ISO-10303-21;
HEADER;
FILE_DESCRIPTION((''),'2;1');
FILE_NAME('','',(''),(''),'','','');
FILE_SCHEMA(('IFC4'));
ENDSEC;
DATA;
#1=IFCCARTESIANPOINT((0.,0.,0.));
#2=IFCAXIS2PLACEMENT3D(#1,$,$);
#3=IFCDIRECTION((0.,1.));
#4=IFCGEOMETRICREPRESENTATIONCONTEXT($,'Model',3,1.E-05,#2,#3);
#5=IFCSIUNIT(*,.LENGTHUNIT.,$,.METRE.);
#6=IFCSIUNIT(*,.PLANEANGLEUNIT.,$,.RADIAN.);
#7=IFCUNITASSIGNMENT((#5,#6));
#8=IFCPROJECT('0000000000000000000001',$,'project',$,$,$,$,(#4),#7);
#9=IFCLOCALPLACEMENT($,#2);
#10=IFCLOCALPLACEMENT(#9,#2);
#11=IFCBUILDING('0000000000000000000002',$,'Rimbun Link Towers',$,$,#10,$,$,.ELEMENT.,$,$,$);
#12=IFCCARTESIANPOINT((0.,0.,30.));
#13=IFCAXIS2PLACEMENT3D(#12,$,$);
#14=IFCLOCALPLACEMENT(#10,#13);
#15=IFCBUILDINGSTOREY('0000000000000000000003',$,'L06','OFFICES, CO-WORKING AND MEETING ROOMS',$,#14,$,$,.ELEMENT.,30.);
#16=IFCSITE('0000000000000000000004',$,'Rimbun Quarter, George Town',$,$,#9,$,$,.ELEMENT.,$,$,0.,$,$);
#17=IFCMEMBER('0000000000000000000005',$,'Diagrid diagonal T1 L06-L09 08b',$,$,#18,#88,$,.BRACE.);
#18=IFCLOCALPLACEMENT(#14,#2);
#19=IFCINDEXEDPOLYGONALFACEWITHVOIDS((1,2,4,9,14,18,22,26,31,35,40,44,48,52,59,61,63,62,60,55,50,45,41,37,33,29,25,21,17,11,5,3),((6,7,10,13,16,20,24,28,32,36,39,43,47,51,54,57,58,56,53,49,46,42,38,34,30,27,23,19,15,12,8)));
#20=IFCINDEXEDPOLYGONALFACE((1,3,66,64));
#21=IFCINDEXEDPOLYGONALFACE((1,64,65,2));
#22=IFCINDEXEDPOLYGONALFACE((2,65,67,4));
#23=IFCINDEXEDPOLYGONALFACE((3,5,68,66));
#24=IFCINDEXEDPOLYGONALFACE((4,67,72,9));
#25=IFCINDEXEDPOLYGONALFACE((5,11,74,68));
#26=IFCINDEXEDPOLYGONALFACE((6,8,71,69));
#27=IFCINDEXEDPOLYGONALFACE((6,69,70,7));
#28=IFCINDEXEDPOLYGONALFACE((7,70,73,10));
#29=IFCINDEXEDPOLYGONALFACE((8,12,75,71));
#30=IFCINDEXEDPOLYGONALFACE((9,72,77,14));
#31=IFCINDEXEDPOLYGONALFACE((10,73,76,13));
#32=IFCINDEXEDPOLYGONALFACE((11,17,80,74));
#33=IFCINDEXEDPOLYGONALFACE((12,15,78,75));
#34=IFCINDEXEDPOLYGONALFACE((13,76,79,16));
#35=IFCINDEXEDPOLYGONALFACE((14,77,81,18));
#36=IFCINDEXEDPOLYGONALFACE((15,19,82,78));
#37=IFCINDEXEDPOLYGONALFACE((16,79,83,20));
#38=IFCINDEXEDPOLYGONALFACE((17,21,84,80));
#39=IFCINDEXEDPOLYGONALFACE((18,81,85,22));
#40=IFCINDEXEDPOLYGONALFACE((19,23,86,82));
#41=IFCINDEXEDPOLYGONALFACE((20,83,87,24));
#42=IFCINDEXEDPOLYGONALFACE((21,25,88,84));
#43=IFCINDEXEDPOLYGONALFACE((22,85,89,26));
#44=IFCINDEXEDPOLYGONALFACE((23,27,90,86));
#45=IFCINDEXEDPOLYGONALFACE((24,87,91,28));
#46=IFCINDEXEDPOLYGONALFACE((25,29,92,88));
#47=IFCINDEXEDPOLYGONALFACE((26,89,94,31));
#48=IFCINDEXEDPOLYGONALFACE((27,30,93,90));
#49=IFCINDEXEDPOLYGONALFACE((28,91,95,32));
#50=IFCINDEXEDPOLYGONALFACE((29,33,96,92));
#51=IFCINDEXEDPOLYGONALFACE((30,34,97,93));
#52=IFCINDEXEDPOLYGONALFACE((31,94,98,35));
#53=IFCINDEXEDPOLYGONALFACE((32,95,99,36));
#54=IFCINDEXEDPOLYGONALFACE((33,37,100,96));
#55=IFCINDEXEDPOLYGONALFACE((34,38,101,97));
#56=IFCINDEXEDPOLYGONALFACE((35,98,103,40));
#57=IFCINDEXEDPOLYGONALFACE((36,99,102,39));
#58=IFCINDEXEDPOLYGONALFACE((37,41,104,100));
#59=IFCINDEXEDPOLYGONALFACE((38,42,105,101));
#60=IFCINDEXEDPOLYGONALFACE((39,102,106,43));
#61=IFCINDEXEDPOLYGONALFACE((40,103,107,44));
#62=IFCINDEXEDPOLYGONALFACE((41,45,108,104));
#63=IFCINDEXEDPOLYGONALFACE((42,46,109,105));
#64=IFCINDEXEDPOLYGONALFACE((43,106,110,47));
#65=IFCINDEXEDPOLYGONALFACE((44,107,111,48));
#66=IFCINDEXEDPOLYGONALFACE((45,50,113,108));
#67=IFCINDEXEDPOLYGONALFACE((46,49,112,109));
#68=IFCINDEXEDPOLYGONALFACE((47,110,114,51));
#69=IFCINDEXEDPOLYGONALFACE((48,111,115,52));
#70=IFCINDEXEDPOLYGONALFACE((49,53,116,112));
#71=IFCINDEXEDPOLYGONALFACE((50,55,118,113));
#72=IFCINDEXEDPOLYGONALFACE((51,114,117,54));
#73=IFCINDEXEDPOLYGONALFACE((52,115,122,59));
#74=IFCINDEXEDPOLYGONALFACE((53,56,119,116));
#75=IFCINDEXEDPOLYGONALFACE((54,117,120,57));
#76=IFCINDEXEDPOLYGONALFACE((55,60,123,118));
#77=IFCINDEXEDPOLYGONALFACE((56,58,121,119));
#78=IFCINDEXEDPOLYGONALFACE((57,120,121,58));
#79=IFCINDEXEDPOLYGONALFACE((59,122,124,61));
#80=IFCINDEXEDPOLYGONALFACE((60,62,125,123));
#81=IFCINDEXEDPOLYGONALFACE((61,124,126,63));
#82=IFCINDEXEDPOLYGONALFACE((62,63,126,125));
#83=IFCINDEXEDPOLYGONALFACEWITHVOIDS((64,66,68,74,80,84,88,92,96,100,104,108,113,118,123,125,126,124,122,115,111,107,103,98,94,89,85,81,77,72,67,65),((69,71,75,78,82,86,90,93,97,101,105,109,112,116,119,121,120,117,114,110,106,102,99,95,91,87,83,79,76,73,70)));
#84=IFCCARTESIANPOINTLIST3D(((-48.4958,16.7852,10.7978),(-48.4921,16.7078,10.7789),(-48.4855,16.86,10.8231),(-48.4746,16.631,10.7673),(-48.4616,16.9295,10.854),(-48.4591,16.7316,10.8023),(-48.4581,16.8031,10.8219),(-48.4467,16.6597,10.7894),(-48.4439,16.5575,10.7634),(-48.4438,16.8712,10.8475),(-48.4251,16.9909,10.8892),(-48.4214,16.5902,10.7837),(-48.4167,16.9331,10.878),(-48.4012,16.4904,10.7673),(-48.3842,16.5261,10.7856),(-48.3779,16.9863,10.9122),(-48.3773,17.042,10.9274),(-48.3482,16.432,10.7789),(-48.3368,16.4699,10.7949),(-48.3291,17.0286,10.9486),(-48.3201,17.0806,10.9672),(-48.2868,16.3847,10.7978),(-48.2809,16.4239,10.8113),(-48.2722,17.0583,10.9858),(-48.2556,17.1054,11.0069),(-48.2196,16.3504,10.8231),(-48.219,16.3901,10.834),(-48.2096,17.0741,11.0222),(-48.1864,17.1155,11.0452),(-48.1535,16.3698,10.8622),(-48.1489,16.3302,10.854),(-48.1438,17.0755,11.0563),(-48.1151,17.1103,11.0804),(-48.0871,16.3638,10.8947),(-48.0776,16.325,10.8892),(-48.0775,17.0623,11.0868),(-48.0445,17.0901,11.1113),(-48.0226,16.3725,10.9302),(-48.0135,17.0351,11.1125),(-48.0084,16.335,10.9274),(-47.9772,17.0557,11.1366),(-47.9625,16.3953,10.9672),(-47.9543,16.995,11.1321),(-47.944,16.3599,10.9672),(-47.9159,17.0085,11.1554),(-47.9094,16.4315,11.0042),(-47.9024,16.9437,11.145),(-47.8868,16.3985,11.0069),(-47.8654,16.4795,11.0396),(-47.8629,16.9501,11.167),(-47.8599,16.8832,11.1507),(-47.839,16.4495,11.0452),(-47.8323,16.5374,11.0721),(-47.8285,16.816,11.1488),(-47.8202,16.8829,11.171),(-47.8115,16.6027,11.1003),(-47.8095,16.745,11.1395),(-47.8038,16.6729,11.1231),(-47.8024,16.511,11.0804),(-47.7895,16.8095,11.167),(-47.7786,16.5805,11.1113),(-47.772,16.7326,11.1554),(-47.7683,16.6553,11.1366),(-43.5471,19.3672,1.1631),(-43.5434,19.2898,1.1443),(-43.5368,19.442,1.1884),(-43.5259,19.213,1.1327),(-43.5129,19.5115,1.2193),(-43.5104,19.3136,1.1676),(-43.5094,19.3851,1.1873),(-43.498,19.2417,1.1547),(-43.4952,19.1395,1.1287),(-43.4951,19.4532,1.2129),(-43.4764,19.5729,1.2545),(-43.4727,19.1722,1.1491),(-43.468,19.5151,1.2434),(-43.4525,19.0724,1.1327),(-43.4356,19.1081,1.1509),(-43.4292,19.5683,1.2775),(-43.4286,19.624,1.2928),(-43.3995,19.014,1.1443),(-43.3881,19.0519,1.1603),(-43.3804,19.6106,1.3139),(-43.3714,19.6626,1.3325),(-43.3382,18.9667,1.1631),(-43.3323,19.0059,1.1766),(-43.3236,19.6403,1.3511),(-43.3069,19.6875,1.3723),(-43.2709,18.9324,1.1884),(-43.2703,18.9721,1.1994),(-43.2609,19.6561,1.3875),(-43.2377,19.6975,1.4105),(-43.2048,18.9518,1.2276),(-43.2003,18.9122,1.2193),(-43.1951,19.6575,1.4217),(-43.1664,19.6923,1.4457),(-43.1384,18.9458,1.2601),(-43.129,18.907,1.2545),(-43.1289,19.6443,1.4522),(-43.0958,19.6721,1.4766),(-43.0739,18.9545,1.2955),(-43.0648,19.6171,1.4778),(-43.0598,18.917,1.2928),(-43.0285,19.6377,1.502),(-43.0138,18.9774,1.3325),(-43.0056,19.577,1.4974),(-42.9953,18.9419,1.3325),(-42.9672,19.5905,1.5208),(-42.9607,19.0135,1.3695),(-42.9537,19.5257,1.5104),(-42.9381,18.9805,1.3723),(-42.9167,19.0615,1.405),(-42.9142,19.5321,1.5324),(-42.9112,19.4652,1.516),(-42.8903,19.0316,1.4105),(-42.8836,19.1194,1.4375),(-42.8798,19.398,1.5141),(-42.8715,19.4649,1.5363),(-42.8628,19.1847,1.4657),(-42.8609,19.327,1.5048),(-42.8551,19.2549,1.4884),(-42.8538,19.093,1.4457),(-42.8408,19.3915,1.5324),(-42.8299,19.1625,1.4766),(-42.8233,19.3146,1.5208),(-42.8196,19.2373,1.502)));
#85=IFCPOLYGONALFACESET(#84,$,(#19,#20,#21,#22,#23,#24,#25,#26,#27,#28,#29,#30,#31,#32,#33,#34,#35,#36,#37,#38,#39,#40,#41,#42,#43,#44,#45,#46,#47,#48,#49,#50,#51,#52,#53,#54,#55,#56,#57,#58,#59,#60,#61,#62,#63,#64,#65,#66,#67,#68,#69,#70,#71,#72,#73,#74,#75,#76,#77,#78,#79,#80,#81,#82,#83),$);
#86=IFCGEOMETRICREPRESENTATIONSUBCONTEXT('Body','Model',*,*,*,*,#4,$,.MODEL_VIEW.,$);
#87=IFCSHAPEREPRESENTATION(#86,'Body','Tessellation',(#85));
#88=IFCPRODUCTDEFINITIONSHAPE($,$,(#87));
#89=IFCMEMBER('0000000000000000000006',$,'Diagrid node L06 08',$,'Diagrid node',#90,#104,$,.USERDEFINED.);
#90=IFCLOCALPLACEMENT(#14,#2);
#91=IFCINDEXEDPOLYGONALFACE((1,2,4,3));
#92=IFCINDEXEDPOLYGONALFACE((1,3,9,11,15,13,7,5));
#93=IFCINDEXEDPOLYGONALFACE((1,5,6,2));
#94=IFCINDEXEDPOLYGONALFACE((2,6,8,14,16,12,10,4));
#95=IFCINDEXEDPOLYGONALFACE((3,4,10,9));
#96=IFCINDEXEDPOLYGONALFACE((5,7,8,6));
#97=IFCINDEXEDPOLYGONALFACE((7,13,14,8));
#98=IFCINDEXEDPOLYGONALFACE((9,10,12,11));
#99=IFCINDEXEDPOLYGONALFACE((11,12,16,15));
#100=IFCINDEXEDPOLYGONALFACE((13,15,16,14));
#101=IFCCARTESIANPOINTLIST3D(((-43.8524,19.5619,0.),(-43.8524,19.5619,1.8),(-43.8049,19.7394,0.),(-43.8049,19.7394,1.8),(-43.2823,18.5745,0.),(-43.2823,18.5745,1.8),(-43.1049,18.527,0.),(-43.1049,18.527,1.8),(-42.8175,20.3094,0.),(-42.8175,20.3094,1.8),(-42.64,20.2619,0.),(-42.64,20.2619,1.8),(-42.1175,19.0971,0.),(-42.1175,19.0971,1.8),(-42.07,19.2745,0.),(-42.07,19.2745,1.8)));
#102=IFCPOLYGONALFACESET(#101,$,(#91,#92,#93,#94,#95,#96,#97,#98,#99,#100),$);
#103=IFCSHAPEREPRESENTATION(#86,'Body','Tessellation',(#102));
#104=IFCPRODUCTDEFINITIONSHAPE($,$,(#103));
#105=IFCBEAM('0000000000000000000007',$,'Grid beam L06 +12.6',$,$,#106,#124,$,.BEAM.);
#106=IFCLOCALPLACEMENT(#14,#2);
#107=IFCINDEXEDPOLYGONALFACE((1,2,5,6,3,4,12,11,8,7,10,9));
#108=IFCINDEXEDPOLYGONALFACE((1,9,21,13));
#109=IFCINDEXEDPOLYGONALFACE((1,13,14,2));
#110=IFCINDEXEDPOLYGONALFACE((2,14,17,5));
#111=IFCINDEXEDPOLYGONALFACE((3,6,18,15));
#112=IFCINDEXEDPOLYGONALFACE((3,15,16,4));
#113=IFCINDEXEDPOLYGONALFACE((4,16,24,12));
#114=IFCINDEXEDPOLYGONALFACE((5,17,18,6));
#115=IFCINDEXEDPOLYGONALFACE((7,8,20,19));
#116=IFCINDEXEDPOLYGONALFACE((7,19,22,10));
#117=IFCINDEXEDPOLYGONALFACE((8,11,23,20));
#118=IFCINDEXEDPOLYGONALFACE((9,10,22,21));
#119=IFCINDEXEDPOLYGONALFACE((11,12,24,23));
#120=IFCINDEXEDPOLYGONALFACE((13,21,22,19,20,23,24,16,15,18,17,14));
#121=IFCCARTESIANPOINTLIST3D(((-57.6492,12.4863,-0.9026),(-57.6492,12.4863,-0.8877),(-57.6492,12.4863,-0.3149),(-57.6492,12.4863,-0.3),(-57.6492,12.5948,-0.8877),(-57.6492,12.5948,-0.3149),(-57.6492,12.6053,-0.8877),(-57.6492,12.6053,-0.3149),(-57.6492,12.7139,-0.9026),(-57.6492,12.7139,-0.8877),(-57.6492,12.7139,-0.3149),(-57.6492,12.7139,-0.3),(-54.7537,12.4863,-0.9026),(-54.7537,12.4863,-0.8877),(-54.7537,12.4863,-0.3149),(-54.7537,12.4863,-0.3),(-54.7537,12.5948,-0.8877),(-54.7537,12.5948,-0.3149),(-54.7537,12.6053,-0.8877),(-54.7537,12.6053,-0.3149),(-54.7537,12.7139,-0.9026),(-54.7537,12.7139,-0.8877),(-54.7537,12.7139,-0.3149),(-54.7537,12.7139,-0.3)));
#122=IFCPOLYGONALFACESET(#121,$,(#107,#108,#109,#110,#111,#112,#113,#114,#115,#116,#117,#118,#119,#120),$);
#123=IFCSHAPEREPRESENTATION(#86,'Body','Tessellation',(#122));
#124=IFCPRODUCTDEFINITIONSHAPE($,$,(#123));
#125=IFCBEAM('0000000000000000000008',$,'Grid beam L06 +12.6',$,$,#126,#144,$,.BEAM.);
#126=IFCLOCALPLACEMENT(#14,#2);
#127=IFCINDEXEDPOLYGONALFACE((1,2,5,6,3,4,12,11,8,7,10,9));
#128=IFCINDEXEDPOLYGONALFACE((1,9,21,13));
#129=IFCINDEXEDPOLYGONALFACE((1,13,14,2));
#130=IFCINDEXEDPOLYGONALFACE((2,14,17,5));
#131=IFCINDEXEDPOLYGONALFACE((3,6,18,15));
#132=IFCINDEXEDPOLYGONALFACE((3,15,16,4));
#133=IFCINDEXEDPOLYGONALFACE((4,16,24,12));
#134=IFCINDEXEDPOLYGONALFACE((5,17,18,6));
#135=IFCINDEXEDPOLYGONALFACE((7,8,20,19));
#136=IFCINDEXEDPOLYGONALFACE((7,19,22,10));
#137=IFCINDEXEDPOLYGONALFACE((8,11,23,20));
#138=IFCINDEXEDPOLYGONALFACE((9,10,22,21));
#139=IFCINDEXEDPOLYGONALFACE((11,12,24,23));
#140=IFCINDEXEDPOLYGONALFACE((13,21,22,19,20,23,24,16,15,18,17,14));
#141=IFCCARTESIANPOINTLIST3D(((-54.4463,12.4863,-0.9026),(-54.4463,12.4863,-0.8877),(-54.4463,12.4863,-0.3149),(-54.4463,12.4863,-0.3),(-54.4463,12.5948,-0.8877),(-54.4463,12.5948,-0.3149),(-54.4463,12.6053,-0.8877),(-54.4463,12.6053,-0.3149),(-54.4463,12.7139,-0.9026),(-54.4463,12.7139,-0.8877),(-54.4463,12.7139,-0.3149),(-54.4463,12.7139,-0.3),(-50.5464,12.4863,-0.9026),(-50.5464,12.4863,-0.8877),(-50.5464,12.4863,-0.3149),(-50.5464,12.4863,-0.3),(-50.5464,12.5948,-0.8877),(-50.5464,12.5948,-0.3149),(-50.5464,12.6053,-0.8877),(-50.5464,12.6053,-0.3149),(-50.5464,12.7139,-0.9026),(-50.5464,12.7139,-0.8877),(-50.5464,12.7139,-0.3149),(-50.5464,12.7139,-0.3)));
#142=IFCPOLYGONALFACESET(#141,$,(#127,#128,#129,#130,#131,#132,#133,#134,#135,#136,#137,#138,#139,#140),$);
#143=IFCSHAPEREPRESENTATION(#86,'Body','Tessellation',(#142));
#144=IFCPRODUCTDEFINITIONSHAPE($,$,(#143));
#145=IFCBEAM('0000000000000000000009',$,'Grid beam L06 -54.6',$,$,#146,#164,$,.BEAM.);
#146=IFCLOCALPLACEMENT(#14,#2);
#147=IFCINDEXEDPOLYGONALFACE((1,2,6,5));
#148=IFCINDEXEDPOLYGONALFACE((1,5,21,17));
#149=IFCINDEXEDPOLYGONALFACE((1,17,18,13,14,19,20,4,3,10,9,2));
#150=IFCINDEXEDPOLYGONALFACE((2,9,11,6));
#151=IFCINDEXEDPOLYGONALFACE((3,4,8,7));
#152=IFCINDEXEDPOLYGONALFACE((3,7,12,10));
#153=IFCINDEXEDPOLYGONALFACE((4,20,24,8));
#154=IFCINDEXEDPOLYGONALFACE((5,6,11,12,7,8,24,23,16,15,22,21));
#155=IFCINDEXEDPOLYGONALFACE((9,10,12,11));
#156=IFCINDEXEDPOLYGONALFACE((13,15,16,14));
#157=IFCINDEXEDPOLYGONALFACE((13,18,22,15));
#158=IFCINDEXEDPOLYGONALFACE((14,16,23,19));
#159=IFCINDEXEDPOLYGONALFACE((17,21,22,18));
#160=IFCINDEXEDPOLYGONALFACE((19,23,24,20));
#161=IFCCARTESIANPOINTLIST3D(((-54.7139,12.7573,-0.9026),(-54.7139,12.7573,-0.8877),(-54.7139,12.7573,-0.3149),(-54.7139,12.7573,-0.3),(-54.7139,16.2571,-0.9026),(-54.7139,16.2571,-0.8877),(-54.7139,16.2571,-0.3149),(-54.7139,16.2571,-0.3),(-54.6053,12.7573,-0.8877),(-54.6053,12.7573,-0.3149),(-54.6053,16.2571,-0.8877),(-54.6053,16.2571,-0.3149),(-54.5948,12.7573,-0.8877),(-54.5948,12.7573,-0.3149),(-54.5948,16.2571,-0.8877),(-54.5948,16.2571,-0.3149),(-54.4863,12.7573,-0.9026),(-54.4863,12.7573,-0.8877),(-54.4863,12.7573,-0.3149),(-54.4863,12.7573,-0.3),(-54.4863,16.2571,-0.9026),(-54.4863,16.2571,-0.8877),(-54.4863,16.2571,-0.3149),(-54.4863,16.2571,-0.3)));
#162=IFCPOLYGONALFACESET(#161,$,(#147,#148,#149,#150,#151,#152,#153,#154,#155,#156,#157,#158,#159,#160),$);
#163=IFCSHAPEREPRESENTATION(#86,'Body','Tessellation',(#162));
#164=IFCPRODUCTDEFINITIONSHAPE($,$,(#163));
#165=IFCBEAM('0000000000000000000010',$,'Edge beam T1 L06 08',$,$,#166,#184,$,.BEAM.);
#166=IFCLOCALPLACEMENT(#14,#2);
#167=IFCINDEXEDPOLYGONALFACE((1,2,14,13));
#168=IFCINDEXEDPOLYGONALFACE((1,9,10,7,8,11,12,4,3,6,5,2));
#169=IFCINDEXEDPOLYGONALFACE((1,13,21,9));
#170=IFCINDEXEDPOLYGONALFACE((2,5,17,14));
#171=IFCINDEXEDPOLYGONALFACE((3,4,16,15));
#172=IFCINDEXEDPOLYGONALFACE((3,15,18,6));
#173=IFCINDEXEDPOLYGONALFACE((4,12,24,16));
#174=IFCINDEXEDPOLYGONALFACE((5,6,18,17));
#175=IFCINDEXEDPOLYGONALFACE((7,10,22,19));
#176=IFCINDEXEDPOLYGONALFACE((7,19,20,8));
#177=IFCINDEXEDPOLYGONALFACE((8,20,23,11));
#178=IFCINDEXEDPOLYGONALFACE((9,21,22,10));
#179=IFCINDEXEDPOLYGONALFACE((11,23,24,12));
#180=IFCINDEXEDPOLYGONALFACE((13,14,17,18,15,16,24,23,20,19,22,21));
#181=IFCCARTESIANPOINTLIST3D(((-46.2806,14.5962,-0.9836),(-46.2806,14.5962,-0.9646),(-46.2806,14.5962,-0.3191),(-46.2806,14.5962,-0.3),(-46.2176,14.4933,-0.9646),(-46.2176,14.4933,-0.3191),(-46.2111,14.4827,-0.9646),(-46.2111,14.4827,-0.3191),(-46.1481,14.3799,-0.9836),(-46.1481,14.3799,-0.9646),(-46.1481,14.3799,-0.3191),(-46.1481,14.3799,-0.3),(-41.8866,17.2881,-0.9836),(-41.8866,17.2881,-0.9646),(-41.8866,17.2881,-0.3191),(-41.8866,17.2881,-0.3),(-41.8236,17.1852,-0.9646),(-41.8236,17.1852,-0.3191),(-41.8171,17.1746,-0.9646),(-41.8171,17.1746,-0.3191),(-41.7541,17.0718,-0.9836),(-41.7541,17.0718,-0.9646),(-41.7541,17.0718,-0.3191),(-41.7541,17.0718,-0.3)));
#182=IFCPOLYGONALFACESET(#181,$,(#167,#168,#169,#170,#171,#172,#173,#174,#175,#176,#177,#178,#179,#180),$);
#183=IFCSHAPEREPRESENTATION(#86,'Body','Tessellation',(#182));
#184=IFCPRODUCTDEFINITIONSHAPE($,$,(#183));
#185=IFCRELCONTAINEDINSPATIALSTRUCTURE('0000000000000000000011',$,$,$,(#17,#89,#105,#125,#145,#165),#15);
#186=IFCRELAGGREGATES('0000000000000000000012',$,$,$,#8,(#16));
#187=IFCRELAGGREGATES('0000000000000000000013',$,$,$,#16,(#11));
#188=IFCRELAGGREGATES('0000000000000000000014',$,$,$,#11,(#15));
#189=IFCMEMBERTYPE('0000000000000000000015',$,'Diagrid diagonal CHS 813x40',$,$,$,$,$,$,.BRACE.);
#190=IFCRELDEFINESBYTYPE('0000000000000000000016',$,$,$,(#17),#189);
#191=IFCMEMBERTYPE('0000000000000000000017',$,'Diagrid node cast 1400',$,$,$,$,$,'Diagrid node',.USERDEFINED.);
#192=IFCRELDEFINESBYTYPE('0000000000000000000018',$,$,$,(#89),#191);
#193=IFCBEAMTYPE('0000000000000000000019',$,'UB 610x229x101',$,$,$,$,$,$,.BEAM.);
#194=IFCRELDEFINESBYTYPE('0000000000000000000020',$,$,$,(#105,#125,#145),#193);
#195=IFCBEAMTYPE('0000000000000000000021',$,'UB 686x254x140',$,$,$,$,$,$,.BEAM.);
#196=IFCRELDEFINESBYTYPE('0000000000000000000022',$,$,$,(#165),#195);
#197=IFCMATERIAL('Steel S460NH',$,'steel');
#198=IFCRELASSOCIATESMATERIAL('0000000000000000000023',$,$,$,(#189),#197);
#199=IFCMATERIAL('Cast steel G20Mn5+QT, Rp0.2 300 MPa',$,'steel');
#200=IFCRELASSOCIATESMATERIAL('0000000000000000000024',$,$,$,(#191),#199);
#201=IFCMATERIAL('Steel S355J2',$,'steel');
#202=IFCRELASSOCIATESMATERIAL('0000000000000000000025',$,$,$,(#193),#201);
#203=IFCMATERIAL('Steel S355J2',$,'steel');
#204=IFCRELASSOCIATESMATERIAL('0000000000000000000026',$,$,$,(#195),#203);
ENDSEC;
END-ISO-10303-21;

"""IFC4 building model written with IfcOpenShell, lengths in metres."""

from ifc_helpers import new_model, si_unit, direction, frame, origin, origin_2d, place, context, subcontext, project, spatial, polyline, hollow_circle, i_section, outline, extrude, material, material_profile, profile_set, type_object, element, save


model = new_model("IFC4")

# Units and contexts
model_context = context("Model", 3, precision=1e-05, world=origin(), true_north=direction((0.0, 1.0)))
body_context = subcontext(model_context, "Body", "Model", "MODEL_VIEW")
ifc_project = project(units=[si_unit("LENGTHUNIT", "METRE"), si_unit("PLANEANGLEUNIT", "RADIAN")], contexts=[model_context])

# Site, building, storey
site_placement = place(None, origin())
site = spatial("IfcSite", under=ifc_project, at=site_placement, Name="Rimbun Quarter, George Town", CompositionType="ELEMENT", RefElevation=0.0)
building_placement = place(site_placement, origin())
building = spatial("IfcBuilding", under=site, at=building_placement, Name="Rimbun Link Towers", CompositionType="ELEMENT")
storey_placement = place(building_placement, frame((0.0, 0.0, 30.0)))
storey = spatial("IfcBuildingStorey", under=building, at=storey_placement, Name="L06", Description="OFFICES, CO-WORKING AND MEETING ROOMS", CompositionType="ELEMENT", Elevation=30.0)

# Members
ifc_material_1 = material(Name="Steel S460NH", Category="steel")
ifc_material_profile_1 = material_profile(ifc_material_1, hollow_circle(Radius=0.4065, WallThickness=0.04, at=origin_2d()), Name="Diagrid diagonal CHS 813x40")
ifc_profile_set_1 = profile_set([ifc_material_profile_1], Name="Steel S460NH")
member_type_1 = type_object("IfcMemberType", Name="Diagrid diagonal CHS 813x40", PredefinedType="BRACE", material=ifc_profile_set_1)
member_1_placement = place(storey_placement, frame((-43.1833, 19.3022, 1.3325), z_axis=(-0.444435, -0.231887, 0.865278), x_axis=(0.462578, -0.886579, 0.0)))
element("IfcMember", 1, at=member_1_placement, inside=storey, type_object=member_type_1, Name="Diagrid diagonal T1 L06-L09 08b", PredefinedType="BRACE", context=body_context, shape_type="SweptSolid", body=[
    extrude(hollow_circle(Radius=0.4065, WallThickness=0.04, at=origin_2d()), origin(), (0.0, 0.0, 1.0), 11.1348),
])
ifc_material_2 = material(Name="Cast steel G20Mn5+QT, Rp0.2 300 MPa", Category="steel")
ifc_material_profile_2 = material_profile(ifc_material_2, outline(polyline([(0.7, -0.5701), (0.7, 0.5701), (0.5701, 0.7), (-0.5701, 0.7), (-0.7, 0.5701), (-0.7, -0.5701), (-0.5701, -0.7), (0.5701, -0.7), (0.7, -0.5701)])), Name="NODE 1400x1400")
ifc_profile_set_2 = profile_set([ifc_material_profile_2], Name="Cast steel G20Mn5+QT, Rp0.2 300 MPa")
member_type_2 = type_object("IfcMemberType", Name="Diagrid node cast 1400", ElementType="Diagrid node", PredefinedType="USERDEFINED", material=ifc_profile_set_2)
member_2_placement = place(storey_placement, frame((-42.9612, 19.4182, 0.0), z_axis=(0.0, 0.0, 1.0), x_axis=(-0.5, 0.866025, 0.0)))
element("IfcMember", 2, at=member_2_placement, inside=storey, type_object=member_type_2, Name="Diagrid node L06 08", ObjectType="Diagrid node", PredefinedType="USERDEFINED", context=body_context, shape_type="SweptSolid", body=[
    extrude(outline(polyline([(0.7, -0.5701), (0.7, 0.5701), (0.5701, 0.7), (-0.5701, 0.7), (-0.7, 0.5701), (-0.7, -0.5701), (-0.5701, -0.7), (0.5701, -0.7), (0.7, -0.5701)])), origin(), (0.0, 0.0, 1.0), 1.8),
])

# Beams
ifc_material_3 = material(Name="Steel S355J2", Category="steel")
ifc_material_profile_3 = material_profile(ifc_material_3, i_section(OverallWidth=0.2275, OverallDepth=0.6025, WebThickness=0.0105, FlangeThickness=0.0149, at=origin_2d()), Name="UB 610x229x101")
ifc_profile_set_3 = profile_set([ifc_material_profile_3], Name="Steel S355J2")
beam_type_1 = type_object("IfcBeamType", Name="UB 610x229x101", PredefinedType="BEAM", material=ifc_profile_set_3)
beam_1_placement = place(storey_placement, frame((-57.6492, 12.6001, -0.6013), z_axis=(1.0, 0.0, 0.0), x_axis=(0.0, 1.0, 0.0)))
element("IfcBeam", 3, at=beam_1_placement, inside=storey, type_object=beam_type_1, Name="Grid beam L06 +12.6", PredefinedType="BEAM", context=body_context, shape_type="SweptSolid", body=[
    extrude(i_section(OverallWidth=0.2275, OverallDepth=0.6025, WebThickness=0.0105, FlangeThickness=0.0149, at=origin_2d()), origin(), (0.0, 0.0, 1.0), 2.8955),
])
beam_2_placement = place(storey_placement, frame((-54.4463, 12.6001, -0.6013), z_axis=(1.0, 0.0, 0.0), x_axis=(0.0, 1.0, 0.0)))
element("IfcBeam", 4, at=beam_2_placement, inside=storey, type_object=beam_type_1, Name="Grid beam L06 +12.6", PredefinedType="BEAM", context=body_context, shape_type="SweptSolid", body=[
    extrude(i_section(OverallWidth=0.2275, OverallDepth=0.6025, WebThickness=0.0105, FlangeThickness=0.0149, at=origin_2d()), origin(), (0.0, 0.0, 1.0), 3.8999),
])
beam_3_placement = place(storey_placement, frame((-54.6001, 12.7573, -0.6013), z_axis=(0.0, 1.0, 0.0), x_axis=(-1.0, 0.0, 0.0)))
element("IfcBeam", 5, at=beam_3_placement, inside=storey, type_object=beam_type_1, Name="Grid beam L06 -54.6", PredefinedType="BEAM", context=body_context, shape_type="SweptSolid", body=[
    extrude(i_section(OverallWidth=0.2275, OverallDepth=0.6025, WebThickness=0.0105, FlangeThickness=0.0149, at=origin_2d()), origin(), (0.0, 0.0, 1.0), 3.4998),
])
ifc_material_4 = material(Name="Steel S355J2", Category="steel")
ifc_material_profile_4 = material_profile(ifc_material_4, i_section(OverallWidth=0.2537, OverallDepth=0.6836, WebThickness=0.0125, FlangeThickness=0.019, at=origin_2d()), Name="UB 686x254x140")
ifc_profile_set_4 = profile_set([ifc_material_profile_4], Name="Steel S355J2")
beam_type_2 = type_object("IfcBeamType", Name="UB 686x254x140", PredefinedType="BEAM", material=ifc_profile_set_4)
beam_4_placement = place(storey_placement, frame((-41.8203, 17.1799, -0.6418), z_axis=(-0.852707, -0.522389, 0.0), x_axis=(0.522389, -0.852707, 0.0)))
element("IfcBeam", 6, at=beam_4_placement, inside=storey, type_object=beam_type_2, Name="Edge beam T1 L06 08", PredefinedType="BEAM", context=body_context, shape_type="SweptSolid", body=[
    extrude(i_section(OverallWidth=0.2537, OverallDepth=0.6836, WebThickness=0.0125, FlangeThickness=0.019, at=origin_2d()), origin(), (0.0, 0.0, 1.0), 5.1531),
])

save(model, "model.ifc")
